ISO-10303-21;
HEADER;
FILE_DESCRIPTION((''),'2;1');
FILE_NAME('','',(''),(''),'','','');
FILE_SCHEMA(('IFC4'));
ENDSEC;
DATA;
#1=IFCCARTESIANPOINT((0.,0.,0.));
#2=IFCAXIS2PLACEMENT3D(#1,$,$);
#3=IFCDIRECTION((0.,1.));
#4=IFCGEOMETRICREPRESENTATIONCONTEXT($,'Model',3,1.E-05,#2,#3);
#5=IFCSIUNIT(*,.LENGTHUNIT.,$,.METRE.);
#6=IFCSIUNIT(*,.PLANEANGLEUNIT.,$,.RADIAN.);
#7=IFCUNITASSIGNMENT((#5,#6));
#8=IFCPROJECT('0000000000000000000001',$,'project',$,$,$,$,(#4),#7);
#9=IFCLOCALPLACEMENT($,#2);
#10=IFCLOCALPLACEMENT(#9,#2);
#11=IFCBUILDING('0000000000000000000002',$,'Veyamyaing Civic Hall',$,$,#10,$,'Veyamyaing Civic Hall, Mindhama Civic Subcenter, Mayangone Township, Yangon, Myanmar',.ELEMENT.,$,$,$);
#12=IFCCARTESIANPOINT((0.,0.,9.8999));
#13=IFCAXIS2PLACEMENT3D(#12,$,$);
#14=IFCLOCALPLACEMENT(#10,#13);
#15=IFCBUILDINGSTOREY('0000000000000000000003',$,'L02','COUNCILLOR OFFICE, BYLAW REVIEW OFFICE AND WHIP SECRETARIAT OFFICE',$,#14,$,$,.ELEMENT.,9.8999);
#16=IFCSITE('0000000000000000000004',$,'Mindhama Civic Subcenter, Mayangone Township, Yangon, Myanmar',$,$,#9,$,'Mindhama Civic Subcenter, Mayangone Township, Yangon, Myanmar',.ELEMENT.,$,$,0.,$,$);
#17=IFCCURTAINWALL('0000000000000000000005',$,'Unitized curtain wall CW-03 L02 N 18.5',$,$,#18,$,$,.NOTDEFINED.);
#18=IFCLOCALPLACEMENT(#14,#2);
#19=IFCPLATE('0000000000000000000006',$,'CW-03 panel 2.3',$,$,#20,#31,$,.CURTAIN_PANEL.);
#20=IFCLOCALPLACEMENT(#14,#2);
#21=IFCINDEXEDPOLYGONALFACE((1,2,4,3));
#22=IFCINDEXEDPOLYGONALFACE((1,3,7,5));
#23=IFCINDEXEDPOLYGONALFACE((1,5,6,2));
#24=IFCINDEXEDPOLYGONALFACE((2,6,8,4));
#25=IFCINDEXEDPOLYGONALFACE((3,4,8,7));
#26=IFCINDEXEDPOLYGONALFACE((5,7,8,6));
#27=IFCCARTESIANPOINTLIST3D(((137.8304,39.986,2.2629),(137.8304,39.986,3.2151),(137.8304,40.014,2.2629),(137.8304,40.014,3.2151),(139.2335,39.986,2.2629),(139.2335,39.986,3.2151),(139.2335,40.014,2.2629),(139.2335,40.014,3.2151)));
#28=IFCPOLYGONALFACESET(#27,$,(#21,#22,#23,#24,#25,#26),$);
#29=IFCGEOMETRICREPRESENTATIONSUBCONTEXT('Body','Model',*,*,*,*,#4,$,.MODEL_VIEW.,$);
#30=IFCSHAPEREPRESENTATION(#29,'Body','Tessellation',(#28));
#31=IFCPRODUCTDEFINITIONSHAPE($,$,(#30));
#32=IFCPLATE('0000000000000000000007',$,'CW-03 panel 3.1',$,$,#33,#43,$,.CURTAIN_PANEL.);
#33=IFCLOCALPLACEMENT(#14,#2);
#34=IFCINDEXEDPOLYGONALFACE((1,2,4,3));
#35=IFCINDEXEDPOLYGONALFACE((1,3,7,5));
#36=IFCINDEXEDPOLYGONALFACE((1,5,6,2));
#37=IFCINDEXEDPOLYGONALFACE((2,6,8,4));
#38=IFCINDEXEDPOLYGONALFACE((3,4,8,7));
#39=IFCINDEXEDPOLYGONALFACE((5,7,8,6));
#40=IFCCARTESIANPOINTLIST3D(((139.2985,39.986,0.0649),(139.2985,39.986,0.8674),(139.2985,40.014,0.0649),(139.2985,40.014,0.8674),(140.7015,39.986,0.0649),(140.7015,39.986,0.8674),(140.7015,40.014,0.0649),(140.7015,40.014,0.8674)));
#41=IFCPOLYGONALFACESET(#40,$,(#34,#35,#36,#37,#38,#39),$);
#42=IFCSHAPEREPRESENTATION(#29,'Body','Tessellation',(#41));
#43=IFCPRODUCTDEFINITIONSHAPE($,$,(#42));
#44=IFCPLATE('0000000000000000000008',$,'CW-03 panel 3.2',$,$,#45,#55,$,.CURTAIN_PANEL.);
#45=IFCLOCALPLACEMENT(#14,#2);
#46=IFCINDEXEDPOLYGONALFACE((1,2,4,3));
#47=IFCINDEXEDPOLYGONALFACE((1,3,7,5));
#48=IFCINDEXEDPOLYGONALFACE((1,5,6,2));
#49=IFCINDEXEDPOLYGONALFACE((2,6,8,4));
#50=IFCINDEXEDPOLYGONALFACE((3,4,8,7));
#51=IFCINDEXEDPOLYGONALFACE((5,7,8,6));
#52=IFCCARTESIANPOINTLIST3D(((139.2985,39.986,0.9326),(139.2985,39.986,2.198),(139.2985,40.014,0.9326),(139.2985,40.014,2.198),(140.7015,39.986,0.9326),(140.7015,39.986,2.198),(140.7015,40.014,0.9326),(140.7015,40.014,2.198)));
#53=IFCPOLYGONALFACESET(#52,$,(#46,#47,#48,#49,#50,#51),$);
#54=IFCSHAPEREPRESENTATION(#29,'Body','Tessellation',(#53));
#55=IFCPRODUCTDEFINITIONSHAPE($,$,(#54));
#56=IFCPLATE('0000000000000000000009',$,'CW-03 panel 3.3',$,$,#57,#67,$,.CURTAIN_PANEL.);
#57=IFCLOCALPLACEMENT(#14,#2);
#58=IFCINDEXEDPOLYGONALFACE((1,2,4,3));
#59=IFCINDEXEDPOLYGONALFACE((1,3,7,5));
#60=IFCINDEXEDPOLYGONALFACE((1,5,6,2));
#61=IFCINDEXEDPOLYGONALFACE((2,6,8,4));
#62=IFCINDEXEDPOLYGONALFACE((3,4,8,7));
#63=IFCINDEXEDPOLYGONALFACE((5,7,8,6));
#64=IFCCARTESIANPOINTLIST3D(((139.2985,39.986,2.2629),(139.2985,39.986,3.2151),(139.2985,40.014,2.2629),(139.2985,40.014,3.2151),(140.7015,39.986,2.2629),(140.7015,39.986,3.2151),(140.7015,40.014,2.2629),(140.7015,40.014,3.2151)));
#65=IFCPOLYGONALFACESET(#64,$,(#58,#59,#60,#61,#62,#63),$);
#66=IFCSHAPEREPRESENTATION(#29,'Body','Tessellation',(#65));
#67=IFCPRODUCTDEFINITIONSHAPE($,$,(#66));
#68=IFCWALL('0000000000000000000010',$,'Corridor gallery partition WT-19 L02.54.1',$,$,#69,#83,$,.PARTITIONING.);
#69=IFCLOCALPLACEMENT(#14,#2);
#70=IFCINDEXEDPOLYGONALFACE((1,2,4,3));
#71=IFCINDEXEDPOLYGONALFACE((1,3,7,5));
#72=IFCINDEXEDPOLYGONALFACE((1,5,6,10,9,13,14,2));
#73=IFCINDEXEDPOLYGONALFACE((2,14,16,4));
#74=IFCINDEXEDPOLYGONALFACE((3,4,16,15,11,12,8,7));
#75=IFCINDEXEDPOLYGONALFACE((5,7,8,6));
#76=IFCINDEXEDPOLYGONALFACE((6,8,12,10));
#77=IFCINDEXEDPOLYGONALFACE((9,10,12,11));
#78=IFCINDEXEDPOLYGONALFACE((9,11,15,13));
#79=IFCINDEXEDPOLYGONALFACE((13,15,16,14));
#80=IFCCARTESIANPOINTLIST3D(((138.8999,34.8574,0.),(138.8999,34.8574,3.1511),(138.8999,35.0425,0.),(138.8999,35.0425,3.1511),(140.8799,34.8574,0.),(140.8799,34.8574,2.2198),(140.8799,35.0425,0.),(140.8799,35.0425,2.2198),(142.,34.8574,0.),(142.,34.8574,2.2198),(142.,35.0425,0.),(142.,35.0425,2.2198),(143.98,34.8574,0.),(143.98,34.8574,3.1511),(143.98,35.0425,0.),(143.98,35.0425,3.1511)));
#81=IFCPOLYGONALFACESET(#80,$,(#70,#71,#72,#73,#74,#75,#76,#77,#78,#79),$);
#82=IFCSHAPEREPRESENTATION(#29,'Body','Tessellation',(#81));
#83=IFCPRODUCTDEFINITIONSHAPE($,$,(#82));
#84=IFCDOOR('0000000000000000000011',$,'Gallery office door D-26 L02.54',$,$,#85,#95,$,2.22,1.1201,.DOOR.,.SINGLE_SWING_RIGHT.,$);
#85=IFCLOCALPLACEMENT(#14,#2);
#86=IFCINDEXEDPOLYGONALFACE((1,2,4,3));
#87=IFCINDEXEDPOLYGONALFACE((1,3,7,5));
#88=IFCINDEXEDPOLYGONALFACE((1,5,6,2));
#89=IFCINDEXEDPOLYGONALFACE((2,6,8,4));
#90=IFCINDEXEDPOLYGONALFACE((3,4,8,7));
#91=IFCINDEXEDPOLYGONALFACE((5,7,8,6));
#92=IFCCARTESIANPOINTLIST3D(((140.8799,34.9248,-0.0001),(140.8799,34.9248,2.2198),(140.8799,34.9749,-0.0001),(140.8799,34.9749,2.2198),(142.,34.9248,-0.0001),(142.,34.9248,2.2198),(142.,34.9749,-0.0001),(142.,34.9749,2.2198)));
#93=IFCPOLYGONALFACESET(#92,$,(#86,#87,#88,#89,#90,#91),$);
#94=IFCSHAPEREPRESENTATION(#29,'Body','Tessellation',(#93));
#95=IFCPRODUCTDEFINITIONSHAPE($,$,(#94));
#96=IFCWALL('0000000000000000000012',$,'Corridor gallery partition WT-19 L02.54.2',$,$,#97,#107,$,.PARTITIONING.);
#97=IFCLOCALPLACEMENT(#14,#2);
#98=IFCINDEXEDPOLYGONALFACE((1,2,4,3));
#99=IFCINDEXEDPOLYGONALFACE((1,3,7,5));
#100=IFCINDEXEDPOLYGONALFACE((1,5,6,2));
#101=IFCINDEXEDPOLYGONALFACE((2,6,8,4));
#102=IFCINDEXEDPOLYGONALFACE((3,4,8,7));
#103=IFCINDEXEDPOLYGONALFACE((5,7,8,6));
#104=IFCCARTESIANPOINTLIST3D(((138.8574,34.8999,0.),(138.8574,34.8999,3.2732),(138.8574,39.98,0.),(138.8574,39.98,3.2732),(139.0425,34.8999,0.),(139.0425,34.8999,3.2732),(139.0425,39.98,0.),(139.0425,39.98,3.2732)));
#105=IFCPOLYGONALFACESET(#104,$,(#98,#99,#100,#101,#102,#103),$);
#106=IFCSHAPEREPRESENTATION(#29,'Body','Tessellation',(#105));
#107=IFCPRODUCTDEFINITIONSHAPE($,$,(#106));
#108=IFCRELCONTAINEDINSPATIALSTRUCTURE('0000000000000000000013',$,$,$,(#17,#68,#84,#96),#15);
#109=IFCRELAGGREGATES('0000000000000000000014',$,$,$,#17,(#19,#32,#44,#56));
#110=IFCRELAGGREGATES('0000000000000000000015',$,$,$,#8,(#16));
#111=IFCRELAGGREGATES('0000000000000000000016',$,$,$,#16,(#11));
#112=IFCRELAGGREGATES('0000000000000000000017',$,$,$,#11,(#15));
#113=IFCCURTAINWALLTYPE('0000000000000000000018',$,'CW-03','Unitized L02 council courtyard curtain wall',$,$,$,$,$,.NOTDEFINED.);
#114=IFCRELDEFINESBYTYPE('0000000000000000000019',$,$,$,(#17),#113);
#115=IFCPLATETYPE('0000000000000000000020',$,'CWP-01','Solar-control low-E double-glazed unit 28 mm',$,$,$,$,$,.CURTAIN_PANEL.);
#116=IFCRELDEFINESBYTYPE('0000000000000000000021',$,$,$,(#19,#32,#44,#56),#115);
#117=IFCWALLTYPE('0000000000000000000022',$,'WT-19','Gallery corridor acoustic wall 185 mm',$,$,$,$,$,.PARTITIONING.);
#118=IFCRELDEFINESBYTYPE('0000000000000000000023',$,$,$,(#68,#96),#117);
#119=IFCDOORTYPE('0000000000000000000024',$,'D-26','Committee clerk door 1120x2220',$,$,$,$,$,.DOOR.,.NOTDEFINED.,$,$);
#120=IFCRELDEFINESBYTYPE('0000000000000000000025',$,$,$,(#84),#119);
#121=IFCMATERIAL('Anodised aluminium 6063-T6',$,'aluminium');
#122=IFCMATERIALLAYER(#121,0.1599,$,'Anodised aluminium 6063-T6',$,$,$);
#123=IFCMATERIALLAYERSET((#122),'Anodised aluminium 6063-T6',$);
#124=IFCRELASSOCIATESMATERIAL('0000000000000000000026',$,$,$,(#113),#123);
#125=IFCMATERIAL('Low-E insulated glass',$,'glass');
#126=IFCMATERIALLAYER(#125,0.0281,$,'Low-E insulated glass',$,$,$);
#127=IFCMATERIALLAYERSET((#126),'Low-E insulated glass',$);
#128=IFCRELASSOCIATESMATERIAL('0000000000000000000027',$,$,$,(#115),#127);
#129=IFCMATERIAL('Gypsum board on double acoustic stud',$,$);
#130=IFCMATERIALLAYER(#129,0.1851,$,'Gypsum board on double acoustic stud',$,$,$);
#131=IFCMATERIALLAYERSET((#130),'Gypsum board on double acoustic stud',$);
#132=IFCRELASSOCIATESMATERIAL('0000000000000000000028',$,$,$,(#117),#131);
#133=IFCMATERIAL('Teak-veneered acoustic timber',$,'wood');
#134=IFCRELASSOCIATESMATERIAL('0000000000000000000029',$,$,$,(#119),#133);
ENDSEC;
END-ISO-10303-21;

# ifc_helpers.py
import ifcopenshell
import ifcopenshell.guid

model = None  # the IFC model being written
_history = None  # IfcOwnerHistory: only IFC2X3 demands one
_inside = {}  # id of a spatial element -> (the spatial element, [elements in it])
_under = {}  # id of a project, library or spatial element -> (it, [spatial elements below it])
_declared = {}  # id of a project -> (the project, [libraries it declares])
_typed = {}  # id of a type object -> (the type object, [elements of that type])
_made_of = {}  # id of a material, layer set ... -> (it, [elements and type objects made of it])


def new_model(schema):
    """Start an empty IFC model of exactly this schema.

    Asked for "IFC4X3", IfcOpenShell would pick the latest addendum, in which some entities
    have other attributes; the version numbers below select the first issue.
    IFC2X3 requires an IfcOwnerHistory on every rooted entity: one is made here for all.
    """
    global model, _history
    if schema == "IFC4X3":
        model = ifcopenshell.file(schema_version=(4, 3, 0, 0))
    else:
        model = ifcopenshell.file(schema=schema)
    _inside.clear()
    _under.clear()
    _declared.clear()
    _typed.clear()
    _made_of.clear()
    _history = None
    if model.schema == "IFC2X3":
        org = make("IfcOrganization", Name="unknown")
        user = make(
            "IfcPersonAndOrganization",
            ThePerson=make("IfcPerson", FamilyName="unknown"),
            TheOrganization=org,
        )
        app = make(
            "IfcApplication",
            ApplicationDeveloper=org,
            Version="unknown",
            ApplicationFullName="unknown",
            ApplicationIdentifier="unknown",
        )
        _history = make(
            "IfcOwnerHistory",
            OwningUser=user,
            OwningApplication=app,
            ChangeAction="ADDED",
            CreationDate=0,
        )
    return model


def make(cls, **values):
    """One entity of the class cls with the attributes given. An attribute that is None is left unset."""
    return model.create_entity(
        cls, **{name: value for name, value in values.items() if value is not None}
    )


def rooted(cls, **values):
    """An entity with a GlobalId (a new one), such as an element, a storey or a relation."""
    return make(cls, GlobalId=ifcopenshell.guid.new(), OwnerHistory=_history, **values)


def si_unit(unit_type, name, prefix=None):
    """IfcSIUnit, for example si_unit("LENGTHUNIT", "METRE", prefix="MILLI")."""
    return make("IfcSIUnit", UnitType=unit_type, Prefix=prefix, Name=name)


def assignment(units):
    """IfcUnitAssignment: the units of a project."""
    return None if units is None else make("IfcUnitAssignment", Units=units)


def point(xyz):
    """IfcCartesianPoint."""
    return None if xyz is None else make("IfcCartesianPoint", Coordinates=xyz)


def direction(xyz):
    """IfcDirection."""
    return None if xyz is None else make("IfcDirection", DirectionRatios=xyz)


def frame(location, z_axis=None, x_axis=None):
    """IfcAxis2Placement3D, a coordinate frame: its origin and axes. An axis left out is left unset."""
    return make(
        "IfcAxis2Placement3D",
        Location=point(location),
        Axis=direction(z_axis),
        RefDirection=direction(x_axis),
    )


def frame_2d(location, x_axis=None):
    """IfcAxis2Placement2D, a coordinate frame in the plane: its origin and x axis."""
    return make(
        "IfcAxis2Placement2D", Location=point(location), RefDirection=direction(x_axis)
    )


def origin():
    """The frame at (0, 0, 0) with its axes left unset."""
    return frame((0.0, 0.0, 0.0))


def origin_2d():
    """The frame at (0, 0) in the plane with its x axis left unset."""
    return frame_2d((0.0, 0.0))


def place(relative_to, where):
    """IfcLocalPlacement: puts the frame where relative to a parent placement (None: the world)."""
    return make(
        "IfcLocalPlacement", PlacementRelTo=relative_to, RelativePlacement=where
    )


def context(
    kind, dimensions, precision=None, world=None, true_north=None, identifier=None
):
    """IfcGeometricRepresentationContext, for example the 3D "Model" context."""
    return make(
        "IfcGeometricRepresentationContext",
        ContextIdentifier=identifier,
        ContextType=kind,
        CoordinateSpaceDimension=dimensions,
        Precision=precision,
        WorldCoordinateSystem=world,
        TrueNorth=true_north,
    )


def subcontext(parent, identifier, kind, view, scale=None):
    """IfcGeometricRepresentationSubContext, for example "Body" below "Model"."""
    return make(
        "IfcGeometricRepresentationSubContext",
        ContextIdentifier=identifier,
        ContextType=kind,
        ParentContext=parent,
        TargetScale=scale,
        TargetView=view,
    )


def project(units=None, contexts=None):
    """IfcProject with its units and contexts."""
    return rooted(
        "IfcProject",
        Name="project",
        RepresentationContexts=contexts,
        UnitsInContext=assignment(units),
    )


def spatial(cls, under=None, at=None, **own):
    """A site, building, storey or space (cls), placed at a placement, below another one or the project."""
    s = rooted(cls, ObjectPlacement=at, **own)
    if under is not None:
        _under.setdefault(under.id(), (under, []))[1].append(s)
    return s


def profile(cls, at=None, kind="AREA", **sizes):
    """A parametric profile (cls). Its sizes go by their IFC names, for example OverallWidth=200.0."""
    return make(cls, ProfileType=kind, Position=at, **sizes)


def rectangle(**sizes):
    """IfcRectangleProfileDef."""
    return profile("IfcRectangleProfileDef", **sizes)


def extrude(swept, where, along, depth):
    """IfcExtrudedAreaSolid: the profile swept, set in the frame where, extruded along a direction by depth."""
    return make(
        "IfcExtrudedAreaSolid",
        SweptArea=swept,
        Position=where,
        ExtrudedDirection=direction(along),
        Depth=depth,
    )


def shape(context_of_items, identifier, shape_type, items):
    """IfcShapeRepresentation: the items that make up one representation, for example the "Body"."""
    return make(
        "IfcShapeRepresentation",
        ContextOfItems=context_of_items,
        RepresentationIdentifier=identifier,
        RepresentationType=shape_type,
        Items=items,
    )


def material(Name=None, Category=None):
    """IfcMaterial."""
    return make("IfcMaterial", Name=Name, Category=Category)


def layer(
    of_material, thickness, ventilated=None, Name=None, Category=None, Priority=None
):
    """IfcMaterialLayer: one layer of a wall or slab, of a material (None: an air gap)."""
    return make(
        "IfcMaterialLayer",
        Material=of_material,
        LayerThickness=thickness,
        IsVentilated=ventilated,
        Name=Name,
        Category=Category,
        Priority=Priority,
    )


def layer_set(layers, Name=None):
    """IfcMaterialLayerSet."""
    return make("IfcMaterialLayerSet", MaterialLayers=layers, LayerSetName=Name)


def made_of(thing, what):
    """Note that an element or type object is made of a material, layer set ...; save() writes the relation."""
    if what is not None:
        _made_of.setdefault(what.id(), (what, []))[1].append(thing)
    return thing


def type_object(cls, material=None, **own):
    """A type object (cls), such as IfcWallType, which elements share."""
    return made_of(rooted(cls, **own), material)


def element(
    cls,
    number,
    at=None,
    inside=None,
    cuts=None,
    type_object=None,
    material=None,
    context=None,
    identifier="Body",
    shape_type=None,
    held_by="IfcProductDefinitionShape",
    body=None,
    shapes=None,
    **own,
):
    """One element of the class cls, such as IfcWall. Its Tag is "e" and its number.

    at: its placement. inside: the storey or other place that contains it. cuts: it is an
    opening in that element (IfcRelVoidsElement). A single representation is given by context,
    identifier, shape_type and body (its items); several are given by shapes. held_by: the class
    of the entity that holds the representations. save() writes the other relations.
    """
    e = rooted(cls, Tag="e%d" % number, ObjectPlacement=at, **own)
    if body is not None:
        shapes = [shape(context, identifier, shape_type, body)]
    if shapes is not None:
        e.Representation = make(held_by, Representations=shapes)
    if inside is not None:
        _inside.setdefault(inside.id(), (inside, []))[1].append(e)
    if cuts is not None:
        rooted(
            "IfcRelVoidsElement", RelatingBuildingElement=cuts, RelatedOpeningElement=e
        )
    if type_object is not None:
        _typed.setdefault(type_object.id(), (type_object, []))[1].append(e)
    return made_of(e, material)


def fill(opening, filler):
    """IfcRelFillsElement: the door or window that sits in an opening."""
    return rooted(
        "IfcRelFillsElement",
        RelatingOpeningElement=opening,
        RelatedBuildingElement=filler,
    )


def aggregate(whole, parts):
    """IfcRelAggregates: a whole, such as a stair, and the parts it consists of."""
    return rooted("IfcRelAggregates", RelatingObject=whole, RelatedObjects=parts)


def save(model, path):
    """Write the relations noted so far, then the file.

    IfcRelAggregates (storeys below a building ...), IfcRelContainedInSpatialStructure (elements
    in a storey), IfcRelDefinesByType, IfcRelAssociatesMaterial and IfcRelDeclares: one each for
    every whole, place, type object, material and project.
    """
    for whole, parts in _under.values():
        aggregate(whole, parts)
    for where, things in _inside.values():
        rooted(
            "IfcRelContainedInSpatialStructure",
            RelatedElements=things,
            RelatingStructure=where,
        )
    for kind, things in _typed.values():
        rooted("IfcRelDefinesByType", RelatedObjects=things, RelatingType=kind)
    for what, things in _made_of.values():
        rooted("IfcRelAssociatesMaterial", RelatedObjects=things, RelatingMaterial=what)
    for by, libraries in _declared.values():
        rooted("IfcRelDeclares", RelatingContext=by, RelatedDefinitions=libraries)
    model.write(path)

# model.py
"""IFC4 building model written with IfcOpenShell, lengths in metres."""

from ifc_helpers import new_model, si_unit, direction, frame, frame_2d, origin, origin_2d, place, context, subcontext, project, spatial, rectangle, extrude, material, layer, layer_set, type_object, element, fill, aggregate, save


model = new_model("IFC4")

# Units and contexts
model_context = context("Model", 3, precision=1e-05, world=origin(), true_north=direction((0.0, 1.0)))
body_context = subcontext(model_context, "Body", "Model", "MODEL_VIEW")
ifc_project = project(units=[si_unit("LENGTHUNIT", "METRE"), si_unit("PLANEANGLEUNIT", "RADIAN")], contexts=[model_context])

# Site, building, storey
site_placement = place(None, origin())
site = spatial("IfcSite", under=ifc_project, at=site_placement, Name="Mindhama Civic Subcenter, Mayangone Township, Yangon, Myanmar", LongName="Mindhama Civic Subcenter, Mayangone Township, Yangon, Myanmar", CompositionType="ELEMENT", RefElevation=0.0)
building_placement = place(site_placement, origin())
building = spatial("IfcBuilding", under=site, at=building_placement, Name="Veyamyaing Civic Hall", LongName="Veyamyaing Civic Hall, Mindhama Civic Subcenter, Mayangone Township, Yangon, Myanmar", CompositionType="ELEMENT")
storey_placement = place(building_placement, frame((0.0, 0.0, 9.8999)))
storey = spatial("IfcBuildingStorey", under=building, at=storey_placement, Name="L02", Description="COUNCILLOR OFFICE, BYLAW REVIEW OFFICE AND WHIP SECRETARIAT OFFICE", CompositionType="ELEMENT", Elevation=9.8999)

# Curtain wall, plates
ifc_material_1 = material(Name="Anodised aluminium 6063-T6", Category="aluminium")
ifc_layer_1 = layer(ifc_material_1, 0.1599, Name="Anodised aluminium 6063-T6")
ifc_layer_set_1 = layer_set([ifc_layer_1], Name="Anodised aluminium 6063-T6")
curtain_wall_type = type_object("IfcCurtainWallType", Name="CW-03", Description="Unitized L02 council courtyard curtain wall", PredefinedType="NOTDEFINED", material=ifc_layer_set_1)
curtain_wall_placement = place(storey_placement, origin())
curtain_wall = element("IfcCurtainWall", 1, at=curtain_wall_placement, inside=storey, type_object=curtain_wall_type, Name="Unitized curtain wall CW-03 L02 N 18.5", PredefinedType="NOTDEFINED")
ifc_material_2 = material(Name="Low-E insulated glass", Category="glass")
ifc_layer_2 = layer(ifc_material_2, 0.0281, Name="Low-E insulated glass")
ifc_layer_set_2 = layer_set([ifc_layer_2], Name="Low-E insulated glass")
plate_type = type_object("IfcPlateType", Name="CWP-01", Description="Solar-control low-E double-glazed unit 28 mm", PredefinedType="CURTAIN_PANEL", material=ifc_layer_set_2)
plate_1_placement = place(storey_placement, frame((138.532, 40.0, 2.2629), z_axis=(0.0, 0.0, 1.0), x_axis=(1.0, 0.0, 0.0)))
plate_1 = element("IfcPlate", 2, at=plate_1_placement, type_object=plate_type, Name="CW-03 panel 2.3", PredefinedType="CURTAIN_PANEL", context=body_context, shape_type="SweptSolid", body=[
    extrude(rectangle(XDim=1.4031, YDim=0.0281, at=origin_2d()), origin(), (0.0, 0.0, 1.0), 0.9521),
])
plate_2_placement = place(storey_placement, frame((140.0, 40.0, 0.0649), z_axis=(0.0, 0.0, 1.0), x_axis=(1.0, 0.0, 0.0)))
plate_2 = element("IfcPlate", 3, at=plate_2_placement, type_object=plate_type, Name="CW-03 panel 3.1", PredefinedType="CURTAIN_PANEL", context=body_context, shape_type="SweptSolid", body=[
    extrude(rectangle(XDim=1.4031, YDim=0.0281, at=origin_2d()), origin(), (0.0, 0.0, 1.0), 0.8025),
])
plate_3_placement = place(storey_placement, frame((140.0, 40.0, 0.9326), z_axis=(0.0, 0.0, 1.0), x_axis=(1.0, 0.0, 0.0)))
plate_3 = element("IfcPlate", 4, at=plate_3_placement, type_object=plate_type, Name="CW-03 panel 3.2", PredefinedType="CURTAIN_PANEL", context=body_context, shape_type="SweptSolid", body=[
    extrude(rectangle(XDim=1.4031, YDim=0.0281, at=origin_2d()), origin(), (0.0, 0.0, 1.0), 1.2654),
])
plate_4_placement = place(storey_placement, frame((140.0, 40.0, 2.2629), z_axis=(0.0, 0.0, 1.0), x_axis=(1.0, 0.0, 0.0)))
plate_4 = element("IfcPlate", 5, at=plate_4_placement, type_object=plate_type, Name="CW-03 panel 3.3", PredefinedType="CURTAIN_PANEL", context=body_context, shape_type="SweptSolid", body=[
    extrude(rectangle(XDim=1.4031, YDim=0.0281, at=origin_2d()), origin(), (0.0, 0.0, 1.0), 0.9521),
])
aggregate(curtain_wall, [plate_1, plate_2, plate_3, plate_4])

# Wall, opening, door
ifc_material_3 = material(Name="Gypsum board on double acoustic stud")
ifc_layer_3 = layer(ifc_material_3, 0.1851, Name="Gypsum board on double acoustic stud")
ifc_layer_set_3 = layer_set([ifc_layer_3], Name="Gypsum board on double acoustic stud")
wall_type = type_object("IfcWallType", Name="WT-19", Description="Gallery corridor acoustic wall 185 mm", PredefinedType="PARTITIONING", material=ifc_layer_set_3)
wall_1_placement = place(storey_placement, frame((138.8999, 34.95, 0.0), z_axis=(0.0, 0.0, 1.0), x_axis=(1.0, 0.0, 0.0)))
wall_1 = element("IfcWall", 6, at=wall_1_placement, inside=storey, type_object=wall_type, Name="Corridor gallery partition WT-19 L02.54.1", PredefinedType="PARTITIONING", context=body_context, shape_type="SweptSolid", body=[
    extrude(rectangle(XDim=5.0801, YDim=0.1851, at=frame_2d((2.54, 0.0))), origin(), (0.0, 0.0, 1.0), 3.1511),
])
opening_placement = place(wall_1_placement, frame((1.98, 0.0, 0.0)))
opening = element("IfcOpeningElement", 7, at=opening_placement, cuts=wall_1, PredefinedType="OPENING", context=body_context, shape_type="SweptSolid", body=[
    extrude(rectangle(XDim=1.1201, YDim=2.22, at=frame_2d((0.5601, 1.1099))), frame((0.0, 0.1025, 0.0), z_axis=(0.0, -1.0, 0.0), x_axis=(1.0, 0.0, 0.0)), (0.0, 0.0, 1.0), 0.2051),
])
ifc_material_4 = material(Name="Teak-veneered acoustic timber", Category="wood")
door_type = type_object("IfcDoorType", Name="D-26", Description="Committee clerk door 1120x2220", OperationType="NOTDEFINED", PredefinedType="DOOR", material=ifc_material_4)
door_placement = place(opening_placement, origin())
door = element("IfcDoor", 8, at=door_placement, inside=storey, type_object=door_type, Name="Gallery office door D-26 L02.54", OperationType="SINGLE_SWING_RIGHT", OverallHeight=2.22, OverallWidth=1.1201, PredefinedType="DOOR", context=body_context, shape_type="SweptSolid", body=[
    extrude(rectangle(XDim=1.1201, YDim=2.22, at=frame_2d((0.5601, 1.1099))), frame((0.0, 0.0249, 0.0), z_axis=(0.0, -1.0, 0.0), x_axis=(1.0, 0.0, 0.0)), (0.0, 0.0, 1.0), 0.05),
])
fill(opening, door)

# Wall
wall_2_placement = place(storey_placement, frame((138.95, 34.8999, 0.0), z_axis=(0.0, 0.0, 1.0), x_axis=(0.0, 1.0, 0.0)))
element("IfcWall", 9, at=wall_2_placement, inside=storey, type_object=wall_type, Name="Corridor gallery partition WT-19 L02.54.2", PredefinedType="PARTITIONING", context=body_context, shape_type="SweptSolid", body=[
    extrude(rectangle(XDim=5.0801, YDim=0.1851, at=frame_2d((2.54, 0.0))), origin(), (0.0, 0.0, 1.0), 3.2732),
])

save(model, "model.ifc")
